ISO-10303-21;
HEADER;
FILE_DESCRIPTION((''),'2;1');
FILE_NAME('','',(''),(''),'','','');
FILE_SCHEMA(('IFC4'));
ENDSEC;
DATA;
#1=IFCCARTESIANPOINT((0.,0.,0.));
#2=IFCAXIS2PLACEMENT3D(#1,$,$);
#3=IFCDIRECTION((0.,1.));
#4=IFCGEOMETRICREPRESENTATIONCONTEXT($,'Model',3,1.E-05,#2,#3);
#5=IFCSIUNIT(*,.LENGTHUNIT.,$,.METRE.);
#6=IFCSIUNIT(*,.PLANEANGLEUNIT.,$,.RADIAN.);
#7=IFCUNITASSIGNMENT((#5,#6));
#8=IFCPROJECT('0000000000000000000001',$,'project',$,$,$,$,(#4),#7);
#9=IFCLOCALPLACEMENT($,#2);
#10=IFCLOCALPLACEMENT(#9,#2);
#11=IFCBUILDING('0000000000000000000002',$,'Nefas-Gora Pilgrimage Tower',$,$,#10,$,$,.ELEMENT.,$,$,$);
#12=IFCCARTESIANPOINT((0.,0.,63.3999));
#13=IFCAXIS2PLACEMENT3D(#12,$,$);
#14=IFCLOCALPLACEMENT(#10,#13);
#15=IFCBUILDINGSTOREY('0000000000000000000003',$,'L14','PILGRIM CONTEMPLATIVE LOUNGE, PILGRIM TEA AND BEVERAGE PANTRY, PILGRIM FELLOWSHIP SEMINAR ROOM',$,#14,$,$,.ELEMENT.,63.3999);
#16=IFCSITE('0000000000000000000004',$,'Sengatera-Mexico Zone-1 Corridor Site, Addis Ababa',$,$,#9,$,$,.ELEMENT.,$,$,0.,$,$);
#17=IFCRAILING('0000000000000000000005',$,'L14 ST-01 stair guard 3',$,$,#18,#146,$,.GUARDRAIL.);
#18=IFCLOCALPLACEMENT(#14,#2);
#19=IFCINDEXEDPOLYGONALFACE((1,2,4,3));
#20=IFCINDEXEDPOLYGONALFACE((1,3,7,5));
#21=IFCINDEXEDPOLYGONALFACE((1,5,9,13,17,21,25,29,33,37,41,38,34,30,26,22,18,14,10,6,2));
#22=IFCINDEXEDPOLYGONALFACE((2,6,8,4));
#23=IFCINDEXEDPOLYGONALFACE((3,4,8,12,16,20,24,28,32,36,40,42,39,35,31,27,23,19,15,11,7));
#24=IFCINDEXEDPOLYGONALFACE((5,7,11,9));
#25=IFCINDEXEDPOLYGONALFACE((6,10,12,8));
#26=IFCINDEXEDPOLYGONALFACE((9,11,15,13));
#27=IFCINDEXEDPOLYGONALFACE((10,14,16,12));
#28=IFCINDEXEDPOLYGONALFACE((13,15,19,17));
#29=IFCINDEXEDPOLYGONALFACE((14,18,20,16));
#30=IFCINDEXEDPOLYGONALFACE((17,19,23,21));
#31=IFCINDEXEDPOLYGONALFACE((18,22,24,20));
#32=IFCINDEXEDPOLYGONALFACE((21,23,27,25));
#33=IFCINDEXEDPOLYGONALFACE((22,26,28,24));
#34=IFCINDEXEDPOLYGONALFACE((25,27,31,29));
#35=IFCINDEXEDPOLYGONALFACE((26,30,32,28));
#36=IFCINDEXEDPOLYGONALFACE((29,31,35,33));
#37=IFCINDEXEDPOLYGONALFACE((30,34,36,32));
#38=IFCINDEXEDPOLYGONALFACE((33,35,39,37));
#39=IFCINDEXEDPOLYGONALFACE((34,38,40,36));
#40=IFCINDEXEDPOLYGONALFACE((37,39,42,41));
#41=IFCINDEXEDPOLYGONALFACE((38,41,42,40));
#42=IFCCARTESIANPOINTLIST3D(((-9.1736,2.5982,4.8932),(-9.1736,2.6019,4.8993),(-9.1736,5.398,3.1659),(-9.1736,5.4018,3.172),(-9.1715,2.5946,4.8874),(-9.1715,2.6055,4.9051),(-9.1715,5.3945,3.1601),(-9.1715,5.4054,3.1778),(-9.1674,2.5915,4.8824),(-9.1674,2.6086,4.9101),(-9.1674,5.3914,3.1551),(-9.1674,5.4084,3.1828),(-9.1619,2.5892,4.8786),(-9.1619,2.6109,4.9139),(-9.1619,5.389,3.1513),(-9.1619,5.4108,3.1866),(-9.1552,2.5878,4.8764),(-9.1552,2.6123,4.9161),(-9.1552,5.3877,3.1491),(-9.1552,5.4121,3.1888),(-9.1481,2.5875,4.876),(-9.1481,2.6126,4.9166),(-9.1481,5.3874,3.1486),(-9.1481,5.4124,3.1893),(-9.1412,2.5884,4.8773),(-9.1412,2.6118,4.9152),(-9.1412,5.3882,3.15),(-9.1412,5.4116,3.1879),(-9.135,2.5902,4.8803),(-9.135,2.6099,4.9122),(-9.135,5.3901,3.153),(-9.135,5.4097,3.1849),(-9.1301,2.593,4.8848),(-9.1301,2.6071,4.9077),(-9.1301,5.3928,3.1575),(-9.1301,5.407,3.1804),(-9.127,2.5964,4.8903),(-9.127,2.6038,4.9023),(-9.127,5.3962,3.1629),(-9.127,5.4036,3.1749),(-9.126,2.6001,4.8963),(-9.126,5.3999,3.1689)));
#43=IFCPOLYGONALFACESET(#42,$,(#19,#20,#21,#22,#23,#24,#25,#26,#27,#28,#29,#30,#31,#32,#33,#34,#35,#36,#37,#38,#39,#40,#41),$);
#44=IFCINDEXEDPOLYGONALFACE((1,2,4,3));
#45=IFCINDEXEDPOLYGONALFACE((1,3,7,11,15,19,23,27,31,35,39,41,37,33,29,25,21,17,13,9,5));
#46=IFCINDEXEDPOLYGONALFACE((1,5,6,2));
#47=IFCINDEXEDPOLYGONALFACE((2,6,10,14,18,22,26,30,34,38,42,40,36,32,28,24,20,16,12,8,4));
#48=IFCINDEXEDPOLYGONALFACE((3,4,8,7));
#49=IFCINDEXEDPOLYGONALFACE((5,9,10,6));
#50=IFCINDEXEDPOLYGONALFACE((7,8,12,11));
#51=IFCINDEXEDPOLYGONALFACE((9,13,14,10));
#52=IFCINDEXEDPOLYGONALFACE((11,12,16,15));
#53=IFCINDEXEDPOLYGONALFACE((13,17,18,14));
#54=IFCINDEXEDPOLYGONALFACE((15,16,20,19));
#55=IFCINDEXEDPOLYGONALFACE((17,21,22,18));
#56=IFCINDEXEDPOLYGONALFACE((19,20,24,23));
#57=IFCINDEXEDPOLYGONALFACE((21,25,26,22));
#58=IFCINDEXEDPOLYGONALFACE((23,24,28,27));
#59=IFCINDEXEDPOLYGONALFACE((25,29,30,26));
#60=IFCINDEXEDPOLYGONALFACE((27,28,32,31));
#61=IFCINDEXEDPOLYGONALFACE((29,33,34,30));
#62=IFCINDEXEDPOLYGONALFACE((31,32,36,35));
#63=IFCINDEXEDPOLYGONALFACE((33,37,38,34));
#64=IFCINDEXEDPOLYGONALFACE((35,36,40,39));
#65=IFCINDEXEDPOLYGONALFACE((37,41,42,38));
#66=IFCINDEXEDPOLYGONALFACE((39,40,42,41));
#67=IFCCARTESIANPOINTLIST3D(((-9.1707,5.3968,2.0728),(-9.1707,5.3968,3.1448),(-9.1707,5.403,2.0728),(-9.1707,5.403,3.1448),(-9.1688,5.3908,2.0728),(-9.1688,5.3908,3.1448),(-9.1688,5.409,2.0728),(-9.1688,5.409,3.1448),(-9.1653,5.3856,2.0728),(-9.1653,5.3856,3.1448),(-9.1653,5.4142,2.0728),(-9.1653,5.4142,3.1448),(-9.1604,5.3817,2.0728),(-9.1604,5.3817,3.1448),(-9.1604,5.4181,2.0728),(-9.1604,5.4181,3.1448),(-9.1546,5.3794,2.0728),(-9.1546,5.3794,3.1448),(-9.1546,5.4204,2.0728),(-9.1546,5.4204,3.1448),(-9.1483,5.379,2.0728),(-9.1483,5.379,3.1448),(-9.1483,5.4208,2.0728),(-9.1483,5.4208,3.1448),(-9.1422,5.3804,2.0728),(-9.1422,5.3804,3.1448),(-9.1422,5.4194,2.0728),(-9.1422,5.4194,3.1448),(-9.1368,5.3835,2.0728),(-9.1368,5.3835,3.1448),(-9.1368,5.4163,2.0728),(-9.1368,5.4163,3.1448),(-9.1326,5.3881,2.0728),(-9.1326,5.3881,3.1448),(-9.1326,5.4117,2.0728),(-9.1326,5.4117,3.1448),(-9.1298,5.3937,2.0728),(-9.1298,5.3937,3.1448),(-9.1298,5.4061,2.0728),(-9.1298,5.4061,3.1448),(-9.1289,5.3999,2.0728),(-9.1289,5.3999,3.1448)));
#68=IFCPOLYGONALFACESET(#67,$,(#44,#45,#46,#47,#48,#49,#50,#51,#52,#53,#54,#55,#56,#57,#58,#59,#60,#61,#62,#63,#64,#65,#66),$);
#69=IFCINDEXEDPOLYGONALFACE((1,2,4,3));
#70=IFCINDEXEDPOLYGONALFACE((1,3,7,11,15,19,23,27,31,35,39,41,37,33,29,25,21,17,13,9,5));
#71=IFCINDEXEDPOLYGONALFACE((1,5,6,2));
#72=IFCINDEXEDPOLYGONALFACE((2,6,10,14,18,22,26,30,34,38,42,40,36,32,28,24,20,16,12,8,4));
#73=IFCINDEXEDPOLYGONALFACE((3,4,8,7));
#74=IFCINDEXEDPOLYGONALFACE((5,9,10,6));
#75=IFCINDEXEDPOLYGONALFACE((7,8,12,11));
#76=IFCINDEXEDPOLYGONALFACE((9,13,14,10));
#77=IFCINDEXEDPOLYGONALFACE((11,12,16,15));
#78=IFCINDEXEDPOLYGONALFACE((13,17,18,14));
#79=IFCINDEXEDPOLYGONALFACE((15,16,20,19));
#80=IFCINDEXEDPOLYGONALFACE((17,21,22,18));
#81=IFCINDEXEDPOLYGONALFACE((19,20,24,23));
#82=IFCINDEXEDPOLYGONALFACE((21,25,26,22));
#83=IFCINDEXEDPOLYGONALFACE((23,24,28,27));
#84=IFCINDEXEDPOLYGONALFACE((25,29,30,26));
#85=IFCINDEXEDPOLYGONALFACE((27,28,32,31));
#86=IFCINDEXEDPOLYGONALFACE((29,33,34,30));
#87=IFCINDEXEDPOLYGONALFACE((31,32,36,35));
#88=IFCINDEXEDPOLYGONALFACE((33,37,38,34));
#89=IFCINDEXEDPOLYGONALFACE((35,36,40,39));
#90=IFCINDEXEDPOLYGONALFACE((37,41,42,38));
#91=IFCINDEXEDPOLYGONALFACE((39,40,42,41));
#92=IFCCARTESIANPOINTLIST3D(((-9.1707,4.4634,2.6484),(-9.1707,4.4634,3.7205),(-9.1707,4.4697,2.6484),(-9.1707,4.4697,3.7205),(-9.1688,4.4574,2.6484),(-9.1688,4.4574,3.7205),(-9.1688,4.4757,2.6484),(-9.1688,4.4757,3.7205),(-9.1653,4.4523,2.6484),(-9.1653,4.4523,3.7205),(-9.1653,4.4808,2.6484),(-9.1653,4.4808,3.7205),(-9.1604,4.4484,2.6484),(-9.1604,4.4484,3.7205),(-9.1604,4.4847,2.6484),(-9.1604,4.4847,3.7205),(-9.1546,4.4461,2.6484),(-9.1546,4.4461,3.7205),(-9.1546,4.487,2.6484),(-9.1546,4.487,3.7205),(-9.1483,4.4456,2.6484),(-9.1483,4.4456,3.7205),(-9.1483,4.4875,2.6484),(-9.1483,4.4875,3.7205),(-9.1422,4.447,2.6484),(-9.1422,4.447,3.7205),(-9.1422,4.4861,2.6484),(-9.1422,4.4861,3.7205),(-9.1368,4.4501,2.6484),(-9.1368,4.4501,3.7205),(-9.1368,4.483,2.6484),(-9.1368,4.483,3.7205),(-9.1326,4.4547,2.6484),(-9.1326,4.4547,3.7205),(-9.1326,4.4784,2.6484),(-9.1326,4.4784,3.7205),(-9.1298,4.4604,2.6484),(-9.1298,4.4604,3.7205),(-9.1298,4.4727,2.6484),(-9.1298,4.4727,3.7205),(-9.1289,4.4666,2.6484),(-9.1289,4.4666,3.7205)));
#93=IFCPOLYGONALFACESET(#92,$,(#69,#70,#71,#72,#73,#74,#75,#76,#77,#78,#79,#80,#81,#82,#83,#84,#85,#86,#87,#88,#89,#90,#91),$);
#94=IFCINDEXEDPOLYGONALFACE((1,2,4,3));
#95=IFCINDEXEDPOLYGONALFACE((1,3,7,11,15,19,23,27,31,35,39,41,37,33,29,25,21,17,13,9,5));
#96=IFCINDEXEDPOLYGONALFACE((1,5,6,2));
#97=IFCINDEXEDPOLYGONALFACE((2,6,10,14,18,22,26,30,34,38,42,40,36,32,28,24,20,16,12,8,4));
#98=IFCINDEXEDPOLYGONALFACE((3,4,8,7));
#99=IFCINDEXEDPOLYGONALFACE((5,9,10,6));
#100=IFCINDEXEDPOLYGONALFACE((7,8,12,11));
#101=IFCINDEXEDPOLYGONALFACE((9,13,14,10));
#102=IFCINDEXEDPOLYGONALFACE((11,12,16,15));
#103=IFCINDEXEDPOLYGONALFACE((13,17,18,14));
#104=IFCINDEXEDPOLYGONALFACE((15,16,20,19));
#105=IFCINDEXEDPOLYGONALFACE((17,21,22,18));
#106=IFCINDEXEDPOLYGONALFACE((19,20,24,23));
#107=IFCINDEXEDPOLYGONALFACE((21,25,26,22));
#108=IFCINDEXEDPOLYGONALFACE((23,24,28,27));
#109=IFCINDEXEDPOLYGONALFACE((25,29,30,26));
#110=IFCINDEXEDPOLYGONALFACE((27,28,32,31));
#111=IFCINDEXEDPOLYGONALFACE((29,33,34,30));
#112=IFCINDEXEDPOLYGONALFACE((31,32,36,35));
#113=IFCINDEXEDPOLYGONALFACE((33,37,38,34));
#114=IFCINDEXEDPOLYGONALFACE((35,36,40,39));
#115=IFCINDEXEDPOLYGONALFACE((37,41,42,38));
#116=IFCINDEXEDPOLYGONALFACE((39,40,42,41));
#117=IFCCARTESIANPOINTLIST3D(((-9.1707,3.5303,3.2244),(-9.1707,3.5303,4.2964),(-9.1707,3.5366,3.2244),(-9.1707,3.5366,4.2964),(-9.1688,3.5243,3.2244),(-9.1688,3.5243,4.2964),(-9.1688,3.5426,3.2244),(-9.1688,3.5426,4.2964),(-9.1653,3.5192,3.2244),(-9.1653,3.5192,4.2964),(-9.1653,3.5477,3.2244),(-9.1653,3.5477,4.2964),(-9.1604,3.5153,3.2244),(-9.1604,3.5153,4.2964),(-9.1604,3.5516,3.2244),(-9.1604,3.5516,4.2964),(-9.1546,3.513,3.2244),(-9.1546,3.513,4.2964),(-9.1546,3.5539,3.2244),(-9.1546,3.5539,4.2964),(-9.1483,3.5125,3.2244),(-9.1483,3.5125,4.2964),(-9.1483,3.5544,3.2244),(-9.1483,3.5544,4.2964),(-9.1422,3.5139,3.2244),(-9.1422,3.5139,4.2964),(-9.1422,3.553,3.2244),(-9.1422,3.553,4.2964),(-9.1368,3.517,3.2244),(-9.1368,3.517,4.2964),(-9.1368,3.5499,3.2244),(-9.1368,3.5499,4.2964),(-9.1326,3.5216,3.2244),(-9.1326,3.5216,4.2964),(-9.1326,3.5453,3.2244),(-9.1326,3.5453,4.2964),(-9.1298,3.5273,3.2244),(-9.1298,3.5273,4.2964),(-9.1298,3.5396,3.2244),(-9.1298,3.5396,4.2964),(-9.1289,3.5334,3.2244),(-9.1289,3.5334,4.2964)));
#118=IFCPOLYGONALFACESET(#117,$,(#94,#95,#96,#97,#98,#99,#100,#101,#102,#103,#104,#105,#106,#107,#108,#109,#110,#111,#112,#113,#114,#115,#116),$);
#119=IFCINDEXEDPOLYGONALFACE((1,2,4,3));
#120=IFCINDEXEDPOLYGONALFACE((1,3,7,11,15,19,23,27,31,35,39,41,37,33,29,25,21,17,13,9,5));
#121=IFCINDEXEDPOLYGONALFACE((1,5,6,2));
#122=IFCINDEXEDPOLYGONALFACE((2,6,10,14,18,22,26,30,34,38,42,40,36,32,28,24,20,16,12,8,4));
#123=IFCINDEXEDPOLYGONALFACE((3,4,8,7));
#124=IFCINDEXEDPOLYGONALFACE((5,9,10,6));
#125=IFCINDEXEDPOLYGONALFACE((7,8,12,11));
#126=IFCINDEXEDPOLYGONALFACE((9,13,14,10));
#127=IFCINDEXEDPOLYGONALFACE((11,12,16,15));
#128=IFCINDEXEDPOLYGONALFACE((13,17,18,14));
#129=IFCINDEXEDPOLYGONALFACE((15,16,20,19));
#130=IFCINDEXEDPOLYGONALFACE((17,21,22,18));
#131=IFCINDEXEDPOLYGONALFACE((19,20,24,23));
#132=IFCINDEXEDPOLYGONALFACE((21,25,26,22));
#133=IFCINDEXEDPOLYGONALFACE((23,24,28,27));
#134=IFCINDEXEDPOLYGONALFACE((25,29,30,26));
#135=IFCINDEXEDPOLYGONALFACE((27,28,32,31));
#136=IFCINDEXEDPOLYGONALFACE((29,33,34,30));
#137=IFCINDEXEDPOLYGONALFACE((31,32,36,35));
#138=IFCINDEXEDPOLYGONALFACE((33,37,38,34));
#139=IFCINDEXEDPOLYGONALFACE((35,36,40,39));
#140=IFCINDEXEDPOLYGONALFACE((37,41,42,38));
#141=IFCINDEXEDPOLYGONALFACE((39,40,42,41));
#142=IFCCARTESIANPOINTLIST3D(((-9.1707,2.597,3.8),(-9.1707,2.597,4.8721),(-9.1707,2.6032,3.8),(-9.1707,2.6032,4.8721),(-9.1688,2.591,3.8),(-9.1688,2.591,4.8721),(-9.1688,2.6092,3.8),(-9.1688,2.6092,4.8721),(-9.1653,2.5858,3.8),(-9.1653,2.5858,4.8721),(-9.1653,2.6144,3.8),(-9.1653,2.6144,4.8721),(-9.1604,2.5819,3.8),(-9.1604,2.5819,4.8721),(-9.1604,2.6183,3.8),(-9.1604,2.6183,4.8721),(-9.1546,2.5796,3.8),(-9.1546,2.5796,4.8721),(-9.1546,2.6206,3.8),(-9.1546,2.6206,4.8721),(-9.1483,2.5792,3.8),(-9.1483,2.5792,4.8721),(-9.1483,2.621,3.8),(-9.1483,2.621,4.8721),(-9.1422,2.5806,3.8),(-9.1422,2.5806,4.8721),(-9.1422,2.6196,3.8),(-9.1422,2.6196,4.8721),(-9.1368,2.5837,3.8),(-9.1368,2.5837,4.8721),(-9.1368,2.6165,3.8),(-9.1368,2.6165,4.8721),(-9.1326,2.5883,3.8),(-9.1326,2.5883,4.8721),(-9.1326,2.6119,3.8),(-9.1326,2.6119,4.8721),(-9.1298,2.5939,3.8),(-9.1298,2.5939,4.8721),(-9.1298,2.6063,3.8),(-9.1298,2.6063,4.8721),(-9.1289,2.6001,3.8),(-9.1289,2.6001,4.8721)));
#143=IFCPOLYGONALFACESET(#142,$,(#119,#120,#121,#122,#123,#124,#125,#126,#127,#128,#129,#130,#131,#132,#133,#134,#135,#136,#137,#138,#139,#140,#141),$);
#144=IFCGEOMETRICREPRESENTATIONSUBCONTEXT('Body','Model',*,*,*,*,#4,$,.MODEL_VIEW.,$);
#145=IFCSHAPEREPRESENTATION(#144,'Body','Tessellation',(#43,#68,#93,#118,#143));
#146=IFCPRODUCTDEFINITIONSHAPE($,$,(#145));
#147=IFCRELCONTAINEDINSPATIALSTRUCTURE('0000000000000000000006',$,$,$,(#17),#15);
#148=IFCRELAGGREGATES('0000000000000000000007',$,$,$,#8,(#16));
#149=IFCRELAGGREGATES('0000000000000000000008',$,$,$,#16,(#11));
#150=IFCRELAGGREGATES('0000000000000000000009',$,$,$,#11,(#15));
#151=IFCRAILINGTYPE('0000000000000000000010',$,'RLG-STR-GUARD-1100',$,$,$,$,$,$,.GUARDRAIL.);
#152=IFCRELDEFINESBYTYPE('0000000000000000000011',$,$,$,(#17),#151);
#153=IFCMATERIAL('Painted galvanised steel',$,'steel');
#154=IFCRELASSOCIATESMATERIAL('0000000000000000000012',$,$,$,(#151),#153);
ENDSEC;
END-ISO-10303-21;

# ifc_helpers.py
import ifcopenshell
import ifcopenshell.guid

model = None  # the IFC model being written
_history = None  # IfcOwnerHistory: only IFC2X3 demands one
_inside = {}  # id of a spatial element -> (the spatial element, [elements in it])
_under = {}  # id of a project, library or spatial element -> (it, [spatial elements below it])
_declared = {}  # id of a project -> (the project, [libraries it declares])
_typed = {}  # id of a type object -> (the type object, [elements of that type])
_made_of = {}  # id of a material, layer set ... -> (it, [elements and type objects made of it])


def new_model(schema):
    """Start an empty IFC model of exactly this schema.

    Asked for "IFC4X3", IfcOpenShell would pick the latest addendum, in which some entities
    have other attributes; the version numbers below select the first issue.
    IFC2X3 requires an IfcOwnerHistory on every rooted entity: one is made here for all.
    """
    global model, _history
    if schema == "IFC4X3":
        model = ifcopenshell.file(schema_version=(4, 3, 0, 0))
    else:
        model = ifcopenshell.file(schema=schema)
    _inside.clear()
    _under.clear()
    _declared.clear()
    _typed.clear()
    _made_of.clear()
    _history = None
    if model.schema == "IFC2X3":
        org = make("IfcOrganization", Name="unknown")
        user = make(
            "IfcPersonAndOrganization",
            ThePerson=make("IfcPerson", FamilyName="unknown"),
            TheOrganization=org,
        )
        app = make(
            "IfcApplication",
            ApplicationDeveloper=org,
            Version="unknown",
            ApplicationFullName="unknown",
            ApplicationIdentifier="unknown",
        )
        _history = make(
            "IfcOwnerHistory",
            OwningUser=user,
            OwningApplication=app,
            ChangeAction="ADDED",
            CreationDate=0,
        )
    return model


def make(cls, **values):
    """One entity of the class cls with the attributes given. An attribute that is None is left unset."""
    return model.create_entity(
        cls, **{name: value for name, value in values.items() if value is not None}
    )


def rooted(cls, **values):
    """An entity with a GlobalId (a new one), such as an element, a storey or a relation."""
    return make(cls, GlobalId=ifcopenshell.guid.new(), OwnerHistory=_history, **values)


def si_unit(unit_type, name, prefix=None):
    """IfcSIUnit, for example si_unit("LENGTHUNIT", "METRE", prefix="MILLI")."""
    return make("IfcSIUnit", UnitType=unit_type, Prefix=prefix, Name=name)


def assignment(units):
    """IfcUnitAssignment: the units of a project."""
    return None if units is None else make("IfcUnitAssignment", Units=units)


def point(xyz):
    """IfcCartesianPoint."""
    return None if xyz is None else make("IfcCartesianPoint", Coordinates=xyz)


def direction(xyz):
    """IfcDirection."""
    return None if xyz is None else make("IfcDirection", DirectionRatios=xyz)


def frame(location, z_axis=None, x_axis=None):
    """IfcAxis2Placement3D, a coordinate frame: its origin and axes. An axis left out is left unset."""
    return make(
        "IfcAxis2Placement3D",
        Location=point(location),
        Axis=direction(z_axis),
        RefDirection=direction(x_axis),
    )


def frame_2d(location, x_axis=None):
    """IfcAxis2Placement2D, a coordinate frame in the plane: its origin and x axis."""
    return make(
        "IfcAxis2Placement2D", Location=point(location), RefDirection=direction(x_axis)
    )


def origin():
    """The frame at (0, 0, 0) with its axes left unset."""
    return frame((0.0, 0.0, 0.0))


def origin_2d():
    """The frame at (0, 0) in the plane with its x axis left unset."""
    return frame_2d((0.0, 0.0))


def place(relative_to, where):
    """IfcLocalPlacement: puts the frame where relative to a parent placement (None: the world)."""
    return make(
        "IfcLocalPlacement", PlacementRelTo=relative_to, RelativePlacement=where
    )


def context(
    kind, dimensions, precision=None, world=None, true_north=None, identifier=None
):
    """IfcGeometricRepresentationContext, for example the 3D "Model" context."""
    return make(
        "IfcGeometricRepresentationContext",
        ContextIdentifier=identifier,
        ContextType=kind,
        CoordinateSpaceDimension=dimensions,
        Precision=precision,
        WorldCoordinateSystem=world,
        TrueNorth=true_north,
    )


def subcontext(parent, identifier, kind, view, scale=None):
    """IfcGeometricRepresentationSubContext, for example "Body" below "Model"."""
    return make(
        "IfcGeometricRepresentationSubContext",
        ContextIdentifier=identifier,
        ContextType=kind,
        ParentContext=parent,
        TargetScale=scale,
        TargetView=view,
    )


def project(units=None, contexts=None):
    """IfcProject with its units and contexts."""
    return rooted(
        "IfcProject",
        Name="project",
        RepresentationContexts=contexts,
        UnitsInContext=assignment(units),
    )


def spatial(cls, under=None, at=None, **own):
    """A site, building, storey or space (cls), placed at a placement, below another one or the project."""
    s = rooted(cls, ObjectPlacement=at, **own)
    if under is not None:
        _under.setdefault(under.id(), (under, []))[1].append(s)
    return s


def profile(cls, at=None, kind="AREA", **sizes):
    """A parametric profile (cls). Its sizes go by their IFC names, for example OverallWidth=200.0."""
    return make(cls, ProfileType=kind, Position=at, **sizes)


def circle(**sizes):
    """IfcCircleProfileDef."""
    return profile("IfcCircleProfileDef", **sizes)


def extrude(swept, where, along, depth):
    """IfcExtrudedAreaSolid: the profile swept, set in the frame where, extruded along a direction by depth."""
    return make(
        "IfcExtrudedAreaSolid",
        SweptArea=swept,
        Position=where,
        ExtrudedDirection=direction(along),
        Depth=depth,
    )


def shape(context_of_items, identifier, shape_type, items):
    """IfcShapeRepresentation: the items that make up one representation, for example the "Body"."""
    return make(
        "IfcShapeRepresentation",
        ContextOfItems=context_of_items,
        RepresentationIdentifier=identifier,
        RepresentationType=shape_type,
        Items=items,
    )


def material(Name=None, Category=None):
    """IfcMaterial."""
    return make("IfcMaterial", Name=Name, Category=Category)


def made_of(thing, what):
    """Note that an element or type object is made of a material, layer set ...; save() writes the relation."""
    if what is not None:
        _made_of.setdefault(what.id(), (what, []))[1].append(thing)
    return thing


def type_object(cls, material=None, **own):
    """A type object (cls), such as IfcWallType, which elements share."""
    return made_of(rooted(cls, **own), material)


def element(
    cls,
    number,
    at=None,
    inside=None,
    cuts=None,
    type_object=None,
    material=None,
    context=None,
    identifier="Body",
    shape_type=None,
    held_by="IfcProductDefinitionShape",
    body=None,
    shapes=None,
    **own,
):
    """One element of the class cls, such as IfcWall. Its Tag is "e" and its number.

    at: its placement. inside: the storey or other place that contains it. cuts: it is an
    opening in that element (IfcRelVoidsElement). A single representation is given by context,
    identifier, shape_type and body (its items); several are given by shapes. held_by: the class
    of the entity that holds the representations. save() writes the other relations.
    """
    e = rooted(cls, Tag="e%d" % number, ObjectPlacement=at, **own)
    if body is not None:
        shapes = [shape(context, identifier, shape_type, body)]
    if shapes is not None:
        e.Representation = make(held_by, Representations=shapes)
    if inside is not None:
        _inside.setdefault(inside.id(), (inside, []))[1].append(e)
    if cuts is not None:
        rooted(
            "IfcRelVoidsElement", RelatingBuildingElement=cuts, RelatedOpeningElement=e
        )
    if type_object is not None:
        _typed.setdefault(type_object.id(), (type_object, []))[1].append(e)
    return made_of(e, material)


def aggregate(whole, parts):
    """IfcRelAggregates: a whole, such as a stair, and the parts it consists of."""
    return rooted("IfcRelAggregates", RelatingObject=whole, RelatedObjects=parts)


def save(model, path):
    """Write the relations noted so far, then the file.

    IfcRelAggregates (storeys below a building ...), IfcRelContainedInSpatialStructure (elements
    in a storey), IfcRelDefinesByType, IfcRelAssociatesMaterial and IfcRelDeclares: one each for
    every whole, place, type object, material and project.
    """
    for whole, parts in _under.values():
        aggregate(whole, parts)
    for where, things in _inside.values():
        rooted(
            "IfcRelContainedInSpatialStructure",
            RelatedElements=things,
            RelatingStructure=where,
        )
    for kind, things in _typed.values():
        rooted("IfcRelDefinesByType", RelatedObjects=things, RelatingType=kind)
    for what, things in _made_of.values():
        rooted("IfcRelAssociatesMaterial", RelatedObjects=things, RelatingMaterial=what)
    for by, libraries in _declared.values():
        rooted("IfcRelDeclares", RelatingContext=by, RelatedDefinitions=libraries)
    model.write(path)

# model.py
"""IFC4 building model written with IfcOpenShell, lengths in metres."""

from ifc_helpers import new_model, si_unit, direction, frame, origin, origin_2d, place, context, subcontext, project, spatial, circle, extrude, material, type_object, element, save


model = new_model("IFC4")

# Units and contexts
model_context = context("Model", 3, precision=1e-05, world=origin(), true_north=direction((0.0, 1.0)))
body_context = subcontext(model_context, "Body", "Model", "MODEL_VIEW")
ifc_project = project(units=[si_unit("LENGTHUNIT", "METRE"), si_unit("PLANEANGLEUNIT", "RADIAN")], contexts=[model_context])

# Site, building, storey
site_placement = place(None, origin())
site = spatial("IfcSite", under=ifc_project, at=site_placement, Name="Sengatera-Mexico Zone-1 Corridor Site, Addis Ababa", CompositionType="ELEMENT", RefElevation=0.0)
building_placement = place(site_placement, origin())
building = spatial("IfcBuilding", under=site, at=building_placement, Name="Nefas-Gora Pilgrimage Tower", CompositionType="ELEMENT")
storey_placement = place(building_placement, frame((0.0, 0.0, 63.3999)))
storey = spatial("IfcBuildingStorey", under=building, at=storey_placement, Name="L14", Description="PILGRIM CONTEMPLATIVE LOUNGE, PILGRIM TEA AND BEVERAGE PANTRY, PILGRIM FELLOWSHIP SEMINAR ROOM", CompositionType="ELEMENT", Elevation=63.3999)

# Railing
ifc_material_1 = material(Name="Painted galvanised steel", Category="steel")
railing_type_1 = type_object("IfcRailingType", Name="RLG-STR-GUARD-1100", PredefinedType="GUARDRAIL", material=ifc_material_1)
railing_1_placement = place(storey_placement, frame((-9.1499, 5.3999, 2.0728)))
element("IfcRailing", 1, at=railing_1_placement, inside=storey, type_object=railing_type_1, Name="L14 ST-01 stair guard 3", PredefinedType="GUARDRAIL", context=body_context, shape_type="SweptSolid", body=[
    extrude(circle(Radius=0.0239, at=origin_2d()), frame((0.0, 0.0, 1.0962), z_axis=(0.0, -0.851069, 0.525054), x_axis=(1.0, 0.0, 0.0)), (0.0, 0.0, 1.0), 3.2898),
    extrude(circle(Radius=0.021, at=origin_2d()), origin(), (0.0, 0.0, 1.0), 1.072),
    extrude(circle(Radius=0.021, at=origin_2d()), frame((0.0, -0.9333, 0.5757)), (0.0, 0.0, 1.0), 1.072),
    extrude(circle(Radius=0.021, at=origin_2d()), frame((0.0, -1.8665, 1.1516)), (0.0, 0.0, 1.0), 1.072),
    extrude(circle(Radius=0.021, at=origin_2d()), frame((0.0, -2.7998, 1.7273)), (0.0, 0.0, 1.0), 1.072),
])

save(model, "model.ifc")
